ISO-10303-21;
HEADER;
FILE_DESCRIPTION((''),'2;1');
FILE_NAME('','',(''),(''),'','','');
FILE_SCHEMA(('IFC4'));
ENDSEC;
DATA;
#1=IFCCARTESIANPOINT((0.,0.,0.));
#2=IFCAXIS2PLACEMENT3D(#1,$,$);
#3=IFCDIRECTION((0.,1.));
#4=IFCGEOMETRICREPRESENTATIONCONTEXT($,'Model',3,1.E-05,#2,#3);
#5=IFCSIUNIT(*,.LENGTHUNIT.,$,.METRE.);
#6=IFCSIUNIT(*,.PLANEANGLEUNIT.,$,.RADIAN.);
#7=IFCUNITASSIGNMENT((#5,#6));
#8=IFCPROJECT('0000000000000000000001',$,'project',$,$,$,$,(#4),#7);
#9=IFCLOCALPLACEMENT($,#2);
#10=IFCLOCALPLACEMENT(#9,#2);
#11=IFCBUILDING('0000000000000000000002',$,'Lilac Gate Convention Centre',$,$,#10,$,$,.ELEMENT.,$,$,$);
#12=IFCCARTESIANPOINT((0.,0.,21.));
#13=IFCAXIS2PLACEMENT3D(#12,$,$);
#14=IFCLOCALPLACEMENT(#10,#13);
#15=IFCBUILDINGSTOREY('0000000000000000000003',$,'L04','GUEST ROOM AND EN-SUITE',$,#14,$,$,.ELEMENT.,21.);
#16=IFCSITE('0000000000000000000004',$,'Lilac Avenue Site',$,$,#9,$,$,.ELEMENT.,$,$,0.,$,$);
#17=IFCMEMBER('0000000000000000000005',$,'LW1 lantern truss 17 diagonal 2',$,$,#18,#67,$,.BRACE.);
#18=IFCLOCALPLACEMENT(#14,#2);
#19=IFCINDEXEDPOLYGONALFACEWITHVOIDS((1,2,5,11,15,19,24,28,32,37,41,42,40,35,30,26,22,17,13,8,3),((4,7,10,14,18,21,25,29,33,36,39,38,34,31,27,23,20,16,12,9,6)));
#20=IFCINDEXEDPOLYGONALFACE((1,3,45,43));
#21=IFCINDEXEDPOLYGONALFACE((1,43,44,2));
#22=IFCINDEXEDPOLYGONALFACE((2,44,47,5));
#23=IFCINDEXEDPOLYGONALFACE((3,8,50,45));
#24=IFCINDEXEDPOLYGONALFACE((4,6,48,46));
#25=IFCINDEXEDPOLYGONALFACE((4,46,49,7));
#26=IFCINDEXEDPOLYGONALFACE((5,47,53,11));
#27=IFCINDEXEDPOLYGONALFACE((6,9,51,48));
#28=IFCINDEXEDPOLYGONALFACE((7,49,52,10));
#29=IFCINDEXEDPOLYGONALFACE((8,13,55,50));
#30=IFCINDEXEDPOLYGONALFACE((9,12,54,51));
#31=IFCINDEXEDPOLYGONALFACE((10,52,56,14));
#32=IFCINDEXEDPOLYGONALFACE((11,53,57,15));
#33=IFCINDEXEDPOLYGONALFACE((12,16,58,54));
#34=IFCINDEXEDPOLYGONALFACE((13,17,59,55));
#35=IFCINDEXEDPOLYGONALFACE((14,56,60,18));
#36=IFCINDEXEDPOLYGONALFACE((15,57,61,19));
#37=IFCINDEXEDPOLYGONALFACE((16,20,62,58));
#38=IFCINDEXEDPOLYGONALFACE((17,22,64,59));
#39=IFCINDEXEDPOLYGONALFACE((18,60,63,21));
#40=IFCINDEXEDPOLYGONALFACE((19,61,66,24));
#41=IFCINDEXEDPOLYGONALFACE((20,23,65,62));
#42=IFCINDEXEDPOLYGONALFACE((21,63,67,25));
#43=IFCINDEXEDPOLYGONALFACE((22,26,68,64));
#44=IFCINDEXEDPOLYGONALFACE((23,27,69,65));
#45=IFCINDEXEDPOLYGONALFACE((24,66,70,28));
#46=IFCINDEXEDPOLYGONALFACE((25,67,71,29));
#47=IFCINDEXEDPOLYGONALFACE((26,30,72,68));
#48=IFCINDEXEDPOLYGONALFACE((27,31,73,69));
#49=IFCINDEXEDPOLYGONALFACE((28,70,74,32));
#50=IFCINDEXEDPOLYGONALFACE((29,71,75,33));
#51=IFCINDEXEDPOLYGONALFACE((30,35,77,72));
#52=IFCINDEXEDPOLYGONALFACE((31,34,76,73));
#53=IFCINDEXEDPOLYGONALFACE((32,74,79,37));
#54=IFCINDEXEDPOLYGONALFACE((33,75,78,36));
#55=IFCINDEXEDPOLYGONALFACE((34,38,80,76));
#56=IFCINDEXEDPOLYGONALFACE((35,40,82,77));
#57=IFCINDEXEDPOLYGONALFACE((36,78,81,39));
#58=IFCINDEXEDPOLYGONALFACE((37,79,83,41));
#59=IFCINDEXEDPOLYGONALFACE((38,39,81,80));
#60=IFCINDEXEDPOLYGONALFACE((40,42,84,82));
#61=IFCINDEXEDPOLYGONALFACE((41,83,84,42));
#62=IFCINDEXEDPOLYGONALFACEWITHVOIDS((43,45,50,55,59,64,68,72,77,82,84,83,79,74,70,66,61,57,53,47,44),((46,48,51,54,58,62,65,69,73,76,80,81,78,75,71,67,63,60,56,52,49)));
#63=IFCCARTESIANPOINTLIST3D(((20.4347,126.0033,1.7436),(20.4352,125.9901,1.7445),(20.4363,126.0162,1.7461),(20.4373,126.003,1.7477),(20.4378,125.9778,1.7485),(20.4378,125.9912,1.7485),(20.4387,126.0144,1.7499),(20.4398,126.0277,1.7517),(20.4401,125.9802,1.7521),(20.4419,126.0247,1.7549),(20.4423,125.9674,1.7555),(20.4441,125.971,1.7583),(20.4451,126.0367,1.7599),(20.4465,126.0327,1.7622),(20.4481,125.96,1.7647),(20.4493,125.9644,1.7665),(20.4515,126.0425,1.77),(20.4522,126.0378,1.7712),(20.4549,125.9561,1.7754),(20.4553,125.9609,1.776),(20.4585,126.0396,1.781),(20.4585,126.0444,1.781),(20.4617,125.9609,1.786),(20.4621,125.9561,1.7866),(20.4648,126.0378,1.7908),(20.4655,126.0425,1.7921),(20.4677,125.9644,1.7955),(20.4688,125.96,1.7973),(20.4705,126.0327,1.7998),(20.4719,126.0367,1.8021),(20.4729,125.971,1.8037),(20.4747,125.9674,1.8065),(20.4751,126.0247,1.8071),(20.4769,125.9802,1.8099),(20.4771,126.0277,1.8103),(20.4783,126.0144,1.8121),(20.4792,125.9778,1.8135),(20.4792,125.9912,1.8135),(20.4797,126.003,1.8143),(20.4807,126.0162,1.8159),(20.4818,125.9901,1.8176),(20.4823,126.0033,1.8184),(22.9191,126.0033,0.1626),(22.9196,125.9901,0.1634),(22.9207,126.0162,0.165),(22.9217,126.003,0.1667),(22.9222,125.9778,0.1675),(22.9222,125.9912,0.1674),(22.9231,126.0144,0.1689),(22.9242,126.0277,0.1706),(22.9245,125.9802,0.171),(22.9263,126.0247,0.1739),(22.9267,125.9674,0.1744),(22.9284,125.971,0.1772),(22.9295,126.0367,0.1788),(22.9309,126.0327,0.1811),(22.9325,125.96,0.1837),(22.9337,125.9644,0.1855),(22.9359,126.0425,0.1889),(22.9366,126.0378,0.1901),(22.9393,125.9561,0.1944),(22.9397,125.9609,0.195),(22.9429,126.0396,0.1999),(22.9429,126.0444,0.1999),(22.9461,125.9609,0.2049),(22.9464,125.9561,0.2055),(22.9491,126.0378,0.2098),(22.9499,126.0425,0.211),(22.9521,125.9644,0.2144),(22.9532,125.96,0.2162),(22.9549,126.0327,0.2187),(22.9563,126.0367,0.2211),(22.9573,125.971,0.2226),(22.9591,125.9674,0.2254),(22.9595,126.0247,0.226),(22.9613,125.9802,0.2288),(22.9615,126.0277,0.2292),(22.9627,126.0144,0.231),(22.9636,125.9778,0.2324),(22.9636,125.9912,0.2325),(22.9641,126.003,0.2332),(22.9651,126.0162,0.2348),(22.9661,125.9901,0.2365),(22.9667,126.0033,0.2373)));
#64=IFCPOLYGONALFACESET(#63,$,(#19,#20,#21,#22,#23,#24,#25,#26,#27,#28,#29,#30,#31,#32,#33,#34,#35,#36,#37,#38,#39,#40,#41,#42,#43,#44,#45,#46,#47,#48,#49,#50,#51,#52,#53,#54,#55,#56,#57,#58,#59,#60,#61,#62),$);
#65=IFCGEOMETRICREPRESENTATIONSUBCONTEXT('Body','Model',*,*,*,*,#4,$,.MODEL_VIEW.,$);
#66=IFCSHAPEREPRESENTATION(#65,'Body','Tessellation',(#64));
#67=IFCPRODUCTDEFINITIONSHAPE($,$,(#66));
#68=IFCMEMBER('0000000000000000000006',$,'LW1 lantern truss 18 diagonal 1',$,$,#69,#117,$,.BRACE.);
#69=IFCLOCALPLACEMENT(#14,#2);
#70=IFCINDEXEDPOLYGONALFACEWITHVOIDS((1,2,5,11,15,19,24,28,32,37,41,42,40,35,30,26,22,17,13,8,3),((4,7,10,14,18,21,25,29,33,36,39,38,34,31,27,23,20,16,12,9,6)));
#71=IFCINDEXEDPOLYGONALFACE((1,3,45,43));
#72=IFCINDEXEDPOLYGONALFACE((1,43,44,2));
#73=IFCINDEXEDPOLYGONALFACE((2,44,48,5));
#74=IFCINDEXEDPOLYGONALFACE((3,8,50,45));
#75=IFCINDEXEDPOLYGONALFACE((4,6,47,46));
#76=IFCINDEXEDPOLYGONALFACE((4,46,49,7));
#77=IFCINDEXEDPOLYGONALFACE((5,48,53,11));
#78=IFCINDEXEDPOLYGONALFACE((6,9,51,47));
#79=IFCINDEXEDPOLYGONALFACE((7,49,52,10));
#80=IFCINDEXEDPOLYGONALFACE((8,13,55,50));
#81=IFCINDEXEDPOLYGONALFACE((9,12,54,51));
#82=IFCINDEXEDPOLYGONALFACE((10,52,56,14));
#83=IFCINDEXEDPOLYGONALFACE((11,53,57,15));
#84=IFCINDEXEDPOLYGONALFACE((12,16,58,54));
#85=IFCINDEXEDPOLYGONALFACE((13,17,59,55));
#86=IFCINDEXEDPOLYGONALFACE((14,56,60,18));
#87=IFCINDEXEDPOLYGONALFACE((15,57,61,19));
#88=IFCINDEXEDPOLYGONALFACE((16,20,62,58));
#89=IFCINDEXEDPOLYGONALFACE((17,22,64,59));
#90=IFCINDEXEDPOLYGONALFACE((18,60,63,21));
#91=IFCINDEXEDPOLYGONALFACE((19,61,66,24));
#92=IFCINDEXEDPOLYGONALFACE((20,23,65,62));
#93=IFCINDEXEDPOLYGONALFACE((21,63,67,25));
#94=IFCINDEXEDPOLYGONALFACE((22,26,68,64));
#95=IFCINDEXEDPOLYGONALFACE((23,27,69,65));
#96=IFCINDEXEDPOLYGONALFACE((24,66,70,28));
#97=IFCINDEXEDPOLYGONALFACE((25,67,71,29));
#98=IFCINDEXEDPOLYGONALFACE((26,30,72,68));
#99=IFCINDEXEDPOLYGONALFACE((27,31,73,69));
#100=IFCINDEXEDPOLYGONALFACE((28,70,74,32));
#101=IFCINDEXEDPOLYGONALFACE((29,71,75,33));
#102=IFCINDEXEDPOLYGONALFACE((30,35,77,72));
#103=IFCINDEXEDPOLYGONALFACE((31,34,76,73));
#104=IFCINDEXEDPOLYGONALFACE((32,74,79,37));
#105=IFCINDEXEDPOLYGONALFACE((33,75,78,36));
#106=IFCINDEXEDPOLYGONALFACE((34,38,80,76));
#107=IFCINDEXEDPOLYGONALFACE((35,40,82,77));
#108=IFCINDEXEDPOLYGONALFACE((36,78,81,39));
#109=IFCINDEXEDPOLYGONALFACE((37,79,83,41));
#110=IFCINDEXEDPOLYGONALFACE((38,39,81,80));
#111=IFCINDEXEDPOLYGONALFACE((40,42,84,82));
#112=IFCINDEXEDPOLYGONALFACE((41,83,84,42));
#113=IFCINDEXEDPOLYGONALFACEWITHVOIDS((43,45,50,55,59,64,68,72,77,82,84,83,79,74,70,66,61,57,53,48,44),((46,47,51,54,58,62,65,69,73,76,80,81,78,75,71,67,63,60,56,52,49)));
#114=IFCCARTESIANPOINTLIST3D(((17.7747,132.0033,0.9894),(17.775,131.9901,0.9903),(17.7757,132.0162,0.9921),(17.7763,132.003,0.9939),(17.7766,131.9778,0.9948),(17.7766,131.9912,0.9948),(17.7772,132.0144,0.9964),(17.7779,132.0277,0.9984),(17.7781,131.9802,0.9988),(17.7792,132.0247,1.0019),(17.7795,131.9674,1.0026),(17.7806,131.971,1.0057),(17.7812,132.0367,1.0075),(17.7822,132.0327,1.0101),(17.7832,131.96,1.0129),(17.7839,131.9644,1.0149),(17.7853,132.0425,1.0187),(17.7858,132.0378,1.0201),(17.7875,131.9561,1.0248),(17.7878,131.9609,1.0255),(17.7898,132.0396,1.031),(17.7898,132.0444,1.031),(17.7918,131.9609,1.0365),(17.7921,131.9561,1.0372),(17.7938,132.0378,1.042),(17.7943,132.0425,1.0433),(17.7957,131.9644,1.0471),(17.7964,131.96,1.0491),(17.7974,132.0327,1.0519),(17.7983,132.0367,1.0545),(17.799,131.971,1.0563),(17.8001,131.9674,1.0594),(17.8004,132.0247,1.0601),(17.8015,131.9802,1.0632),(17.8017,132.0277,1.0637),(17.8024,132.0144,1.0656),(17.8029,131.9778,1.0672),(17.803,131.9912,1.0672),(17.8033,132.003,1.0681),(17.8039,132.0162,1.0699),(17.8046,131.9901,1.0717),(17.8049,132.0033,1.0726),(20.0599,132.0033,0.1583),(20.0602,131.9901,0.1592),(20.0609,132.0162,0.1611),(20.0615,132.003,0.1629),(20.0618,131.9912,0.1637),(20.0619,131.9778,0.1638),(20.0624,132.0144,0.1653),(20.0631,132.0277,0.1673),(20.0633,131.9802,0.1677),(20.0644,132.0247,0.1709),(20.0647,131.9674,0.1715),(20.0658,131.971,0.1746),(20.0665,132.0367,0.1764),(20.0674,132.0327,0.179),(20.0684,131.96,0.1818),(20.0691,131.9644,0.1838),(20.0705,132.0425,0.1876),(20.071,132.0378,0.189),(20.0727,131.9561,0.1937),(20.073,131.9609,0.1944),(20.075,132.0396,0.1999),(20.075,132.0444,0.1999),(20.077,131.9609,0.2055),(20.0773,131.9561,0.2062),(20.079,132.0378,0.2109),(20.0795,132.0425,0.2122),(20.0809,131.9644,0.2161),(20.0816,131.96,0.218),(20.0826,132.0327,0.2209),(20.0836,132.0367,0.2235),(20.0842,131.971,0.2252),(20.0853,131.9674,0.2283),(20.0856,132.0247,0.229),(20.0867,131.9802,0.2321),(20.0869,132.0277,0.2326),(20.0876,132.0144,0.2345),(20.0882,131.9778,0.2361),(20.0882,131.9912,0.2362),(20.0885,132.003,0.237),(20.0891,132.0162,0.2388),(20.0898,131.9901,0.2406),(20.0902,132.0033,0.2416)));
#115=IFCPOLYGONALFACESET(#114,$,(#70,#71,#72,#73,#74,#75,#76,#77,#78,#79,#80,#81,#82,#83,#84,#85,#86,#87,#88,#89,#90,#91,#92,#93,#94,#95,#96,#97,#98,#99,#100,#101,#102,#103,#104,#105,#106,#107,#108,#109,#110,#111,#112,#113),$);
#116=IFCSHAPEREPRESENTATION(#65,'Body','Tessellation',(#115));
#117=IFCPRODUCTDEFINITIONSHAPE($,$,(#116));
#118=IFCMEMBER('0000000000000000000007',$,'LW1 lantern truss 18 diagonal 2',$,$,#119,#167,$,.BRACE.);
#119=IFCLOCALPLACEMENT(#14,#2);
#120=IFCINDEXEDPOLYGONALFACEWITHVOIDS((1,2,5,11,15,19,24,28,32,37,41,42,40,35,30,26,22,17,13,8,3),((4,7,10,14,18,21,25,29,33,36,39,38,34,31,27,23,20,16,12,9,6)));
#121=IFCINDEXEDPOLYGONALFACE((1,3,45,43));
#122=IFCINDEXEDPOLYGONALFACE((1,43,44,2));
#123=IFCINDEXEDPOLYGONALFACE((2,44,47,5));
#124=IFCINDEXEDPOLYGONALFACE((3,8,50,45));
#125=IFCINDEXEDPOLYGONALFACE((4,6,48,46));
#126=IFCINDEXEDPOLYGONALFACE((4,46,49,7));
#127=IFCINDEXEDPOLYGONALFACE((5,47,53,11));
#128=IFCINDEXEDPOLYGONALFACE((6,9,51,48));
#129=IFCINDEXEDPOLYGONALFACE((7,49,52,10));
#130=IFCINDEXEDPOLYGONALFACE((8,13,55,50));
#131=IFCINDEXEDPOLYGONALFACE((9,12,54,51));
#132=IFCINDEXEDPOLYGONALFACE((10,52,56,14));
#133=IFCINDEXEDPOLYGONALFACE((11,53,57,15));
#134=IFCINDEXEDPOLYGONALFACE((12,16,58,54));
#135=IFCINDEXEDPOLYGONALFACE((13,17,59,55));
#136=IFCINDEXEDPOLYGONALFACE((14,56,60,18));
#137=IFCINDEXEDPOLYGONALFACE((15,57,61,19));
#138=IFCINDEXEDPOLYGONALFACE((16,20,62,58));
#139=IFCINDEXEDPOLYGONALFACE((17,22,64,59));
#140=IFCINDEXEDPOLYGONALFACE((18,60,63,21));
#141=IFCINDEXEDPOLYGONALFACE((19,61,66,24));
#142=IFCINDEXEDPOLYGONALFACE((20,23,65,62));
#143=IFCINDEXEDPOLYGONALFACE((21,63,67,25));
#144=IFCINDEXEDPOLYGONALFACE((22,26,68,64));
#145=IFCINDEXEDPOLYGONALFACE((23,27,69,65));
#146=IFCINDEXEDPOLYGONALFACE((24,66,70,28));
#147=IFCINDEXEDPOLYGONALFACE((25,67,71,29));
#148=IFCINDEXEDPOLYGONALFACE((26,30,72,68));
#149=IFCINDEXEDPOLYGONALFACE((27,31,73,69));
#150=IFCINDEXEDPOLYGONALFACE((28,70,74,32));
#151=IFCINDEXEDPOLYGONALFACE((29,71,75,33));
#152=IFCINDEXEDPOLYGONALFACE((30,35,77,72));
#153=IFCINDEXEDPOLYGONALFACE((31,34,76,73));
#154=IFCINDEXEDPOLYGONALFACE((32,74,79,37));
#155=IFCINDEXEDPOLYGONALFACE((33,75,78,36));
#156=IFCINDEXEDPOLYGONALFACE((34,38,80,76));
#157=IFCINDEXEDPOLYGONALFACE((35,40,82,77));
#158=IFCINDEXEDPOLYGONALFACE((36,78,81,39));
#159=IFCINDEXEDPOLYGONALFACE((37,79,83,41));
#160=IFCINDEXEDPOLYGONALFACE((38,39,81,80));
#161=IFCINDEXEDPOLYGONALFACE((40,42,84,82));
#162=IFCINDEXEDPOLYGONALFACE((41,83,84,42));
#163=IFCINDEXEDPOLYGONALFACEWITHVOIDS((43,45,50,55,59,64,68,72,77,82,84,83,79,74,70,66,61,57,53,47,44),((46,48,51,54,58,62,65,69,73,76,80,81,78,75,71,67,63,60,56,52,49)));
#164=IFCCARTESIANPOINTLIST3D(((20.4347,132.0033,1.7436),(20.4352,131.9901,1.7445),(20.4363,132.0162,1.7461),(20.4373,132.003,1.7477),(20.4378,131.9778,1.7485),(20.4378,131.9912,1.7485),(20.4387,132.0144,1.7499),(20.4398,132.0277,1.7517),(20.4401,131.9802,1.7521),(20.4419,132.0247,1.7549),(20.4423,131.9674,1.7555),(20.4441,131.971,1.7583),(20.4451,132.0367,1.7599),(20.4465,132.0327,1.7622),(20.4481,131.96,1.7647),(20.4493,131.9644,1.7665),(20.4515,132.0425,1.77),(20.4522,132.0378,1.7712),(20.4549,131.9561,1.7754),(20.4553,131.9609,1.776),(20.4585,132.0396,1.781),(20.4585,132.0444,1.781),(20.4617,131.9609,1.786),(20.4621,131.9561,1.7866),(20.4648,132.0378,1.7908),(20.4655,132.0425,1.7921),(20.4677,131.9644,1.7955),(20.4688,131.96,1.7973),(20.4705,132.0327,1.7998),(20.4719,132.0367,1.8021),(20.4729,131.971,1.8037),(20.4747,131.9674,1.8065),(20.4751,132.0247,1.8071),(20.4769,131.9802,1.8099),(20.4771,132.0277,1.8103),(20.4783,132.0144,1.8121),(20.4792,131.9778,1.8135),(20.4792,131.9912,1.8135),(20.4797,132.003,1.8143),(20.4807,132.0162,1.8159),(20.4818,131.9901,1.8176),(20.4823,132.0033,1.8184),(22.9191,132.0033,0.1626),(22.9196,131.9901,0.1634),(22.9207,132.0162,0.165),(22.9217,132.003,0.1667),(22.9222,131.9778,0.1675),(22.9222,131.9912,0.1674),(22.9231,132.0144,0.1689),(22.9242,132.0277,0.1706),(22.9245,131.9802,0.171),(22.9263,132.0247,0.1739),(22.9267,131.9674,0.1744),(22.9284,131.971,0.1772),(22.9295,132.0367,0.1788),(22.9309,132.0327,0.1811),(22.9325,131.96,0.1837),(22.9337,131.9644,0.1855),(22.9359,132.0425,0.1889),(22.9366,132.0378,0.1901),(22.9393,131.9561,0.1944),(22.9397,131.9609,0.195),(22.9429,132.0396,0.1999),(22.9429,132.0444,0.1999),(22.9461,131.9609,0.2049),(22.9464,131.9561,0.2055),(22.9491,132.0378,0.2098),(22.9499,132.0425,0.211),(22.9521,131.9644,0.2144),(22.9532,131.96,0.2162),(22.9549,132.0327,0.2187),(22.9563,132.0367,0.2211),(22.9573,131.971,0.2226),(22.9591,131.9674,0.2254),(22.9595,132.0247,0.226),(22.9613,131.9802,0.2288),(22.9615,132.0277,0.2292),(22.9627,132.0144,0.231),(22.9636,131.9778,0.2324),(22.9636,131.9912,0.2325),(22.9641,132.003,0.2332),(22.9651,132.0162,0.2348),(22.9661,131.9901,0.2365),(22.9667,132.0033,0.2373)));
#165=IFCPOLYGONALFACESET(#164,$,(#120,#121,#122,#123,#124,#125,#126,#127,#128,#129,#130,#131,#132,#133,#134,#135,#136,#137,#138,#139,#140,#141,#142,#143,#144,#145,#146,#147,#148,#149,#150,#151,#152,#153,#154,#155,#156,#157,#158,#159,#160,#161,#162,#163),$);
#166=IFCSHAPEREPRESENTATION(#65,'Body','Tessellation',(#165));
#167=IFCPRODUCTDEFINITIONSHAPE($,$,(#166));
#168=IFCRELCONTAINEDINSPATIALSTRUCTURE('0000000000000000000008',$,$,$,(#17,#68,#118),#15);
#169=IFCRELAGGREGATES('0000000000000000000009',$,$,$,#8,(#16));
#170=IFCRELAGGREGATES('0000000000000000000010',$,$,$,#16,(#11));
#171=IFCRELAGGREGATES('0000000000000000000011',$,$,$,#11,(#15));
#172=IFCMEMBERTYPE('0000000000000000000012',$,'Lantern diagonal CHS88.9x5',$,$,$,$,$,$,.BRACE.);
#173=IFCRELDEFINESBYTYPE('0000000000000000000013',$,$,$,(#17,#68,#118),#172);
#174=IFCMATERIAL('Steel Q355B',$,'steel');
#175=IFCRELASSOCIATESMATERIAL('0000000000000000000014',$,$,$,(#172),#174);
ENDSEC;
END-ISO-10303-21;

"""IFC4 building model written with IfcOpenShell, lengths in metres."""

from ifc_helpers import new_model, si_unit, direction, frame, origin, origin_2d, place, context, subcontext, project, spatial, hollow_circle, extrude, material, material_profile, profile_set, type_object, element, save


model = new_model("IFC4")

# Units and contexts
model_context = context("Model", 3, precision=1e-05, world=origin(), true_north=direction((0.0, 1.0)))
body_context = subcontext(model_context, "Body", "Model", "MODEL_VIEW")
ifc_project = project(units=[si_unit("LENGTHUNIT", "METRE"), si_unit("PLANEANGLEUNIT", "RADIAN")], contexts=[model_context])

# Site, building, storey
site_placement = place(None, origin())
site = spatial("IfcSite", under=ifc_project, at=site_placement, Name="Lilac Avenue Site", CompositionType="ELEMENT", RefElevation=0.0)
building_placement = place(site_placement, origin())
building = spatial("IfcBuilding", under=site, at=building_placement, Name="Lilac Gate Convention Centre", CompositionType="ELEMENT")
storey_placement = place(building_placement, frame((0.0, 0.0, 21.0)))
storey = spatial("IfcBuildingStorey", under=building, at=storey_placement, Name="L04", Description="GUEST ROOM AND EN-SUITE", CompositionType="ELEMENT", Elevation=21.0)

# Members
ifc_material_1 = material(Name="Steel Q355B", Category="steel")
ifc_material_profile_1 = material_profile(ifc_material_1, hollow_circle(Radius=0.0444, WallThickness=0.0049, at=origin_2d()), Name="CHS88.9x5")
ifc_profile_set_1 = profile_set([ifc_material_profile_1], Name="Steel Q355B")
member_type_1 = type_object("IfcMemberType", Name="Lantern diagonal CHS88.9x5", PredefinedType="BRACE", material=ifc_profile_set_1)
member_1_placement = place(storey_placement, frame((20.4585, 126.0, 1.781), z_axis=(0.843648, 0.0, -0.536897), x_axis=(0.0, 1.0, 0.0)))
element("IfcMember", 1, at=member_1_placement, inside=storey, type_object=member_type_1, Name="LW1 lantern truss 17 diagonal 2", PredefinedType="BRACE", context=body_context, shape_type="SweptSolid", body=[
    extrude(hollow_circle(Radius=0.0444, WallThickness=0.0049, at=origin_2d()), origin(), (0.0, 0.0, 1.0), 2.9448),
])
member_2_placement = place(storey_placement, frame((17.7898, 132.0, 1.031), z_axis=(0.939782, 0.0, -0.341775), x_axis=(0.0, 1.0, 0.0)))
element("IfcMember", 2, at=member_2_placement, inside=storey, type_object=member_type_1, Name="LW1 lantern truss 18 diagonal 1", PredefinedType="BRACE", context=body_context, shape_type="SweptSolid", body=[
    extrude(hollow_circle(Radius=0.0444, WallThickness=0.0049, at=origin_2d()), origin(), (0.0, 0.0, 1.0), 2.4316),
])
member_3_placement = place(storey_placement, frame((20.4585, 132.0, 1.781), z_axis=(0.843648, 0.0, -0.536897), x_axis=(0.0, 1.0, 0.0)))
element("IfcMember", 3, at=member_3_placement, inside=storey, type_object=member_type_1, Name="LW1 lantern truss 18 diagonal 2", PredefinedType="BRACE", context=body_context, shape_type="SweptSolid", body=[
    extrude(hollow_circle(Radius=0.0444, WallThickness=0.0049, at=origin_2d()), origin(), (0.0, 0.0, 1.0), 2.9448),
])

save(model, "model.ifc")
